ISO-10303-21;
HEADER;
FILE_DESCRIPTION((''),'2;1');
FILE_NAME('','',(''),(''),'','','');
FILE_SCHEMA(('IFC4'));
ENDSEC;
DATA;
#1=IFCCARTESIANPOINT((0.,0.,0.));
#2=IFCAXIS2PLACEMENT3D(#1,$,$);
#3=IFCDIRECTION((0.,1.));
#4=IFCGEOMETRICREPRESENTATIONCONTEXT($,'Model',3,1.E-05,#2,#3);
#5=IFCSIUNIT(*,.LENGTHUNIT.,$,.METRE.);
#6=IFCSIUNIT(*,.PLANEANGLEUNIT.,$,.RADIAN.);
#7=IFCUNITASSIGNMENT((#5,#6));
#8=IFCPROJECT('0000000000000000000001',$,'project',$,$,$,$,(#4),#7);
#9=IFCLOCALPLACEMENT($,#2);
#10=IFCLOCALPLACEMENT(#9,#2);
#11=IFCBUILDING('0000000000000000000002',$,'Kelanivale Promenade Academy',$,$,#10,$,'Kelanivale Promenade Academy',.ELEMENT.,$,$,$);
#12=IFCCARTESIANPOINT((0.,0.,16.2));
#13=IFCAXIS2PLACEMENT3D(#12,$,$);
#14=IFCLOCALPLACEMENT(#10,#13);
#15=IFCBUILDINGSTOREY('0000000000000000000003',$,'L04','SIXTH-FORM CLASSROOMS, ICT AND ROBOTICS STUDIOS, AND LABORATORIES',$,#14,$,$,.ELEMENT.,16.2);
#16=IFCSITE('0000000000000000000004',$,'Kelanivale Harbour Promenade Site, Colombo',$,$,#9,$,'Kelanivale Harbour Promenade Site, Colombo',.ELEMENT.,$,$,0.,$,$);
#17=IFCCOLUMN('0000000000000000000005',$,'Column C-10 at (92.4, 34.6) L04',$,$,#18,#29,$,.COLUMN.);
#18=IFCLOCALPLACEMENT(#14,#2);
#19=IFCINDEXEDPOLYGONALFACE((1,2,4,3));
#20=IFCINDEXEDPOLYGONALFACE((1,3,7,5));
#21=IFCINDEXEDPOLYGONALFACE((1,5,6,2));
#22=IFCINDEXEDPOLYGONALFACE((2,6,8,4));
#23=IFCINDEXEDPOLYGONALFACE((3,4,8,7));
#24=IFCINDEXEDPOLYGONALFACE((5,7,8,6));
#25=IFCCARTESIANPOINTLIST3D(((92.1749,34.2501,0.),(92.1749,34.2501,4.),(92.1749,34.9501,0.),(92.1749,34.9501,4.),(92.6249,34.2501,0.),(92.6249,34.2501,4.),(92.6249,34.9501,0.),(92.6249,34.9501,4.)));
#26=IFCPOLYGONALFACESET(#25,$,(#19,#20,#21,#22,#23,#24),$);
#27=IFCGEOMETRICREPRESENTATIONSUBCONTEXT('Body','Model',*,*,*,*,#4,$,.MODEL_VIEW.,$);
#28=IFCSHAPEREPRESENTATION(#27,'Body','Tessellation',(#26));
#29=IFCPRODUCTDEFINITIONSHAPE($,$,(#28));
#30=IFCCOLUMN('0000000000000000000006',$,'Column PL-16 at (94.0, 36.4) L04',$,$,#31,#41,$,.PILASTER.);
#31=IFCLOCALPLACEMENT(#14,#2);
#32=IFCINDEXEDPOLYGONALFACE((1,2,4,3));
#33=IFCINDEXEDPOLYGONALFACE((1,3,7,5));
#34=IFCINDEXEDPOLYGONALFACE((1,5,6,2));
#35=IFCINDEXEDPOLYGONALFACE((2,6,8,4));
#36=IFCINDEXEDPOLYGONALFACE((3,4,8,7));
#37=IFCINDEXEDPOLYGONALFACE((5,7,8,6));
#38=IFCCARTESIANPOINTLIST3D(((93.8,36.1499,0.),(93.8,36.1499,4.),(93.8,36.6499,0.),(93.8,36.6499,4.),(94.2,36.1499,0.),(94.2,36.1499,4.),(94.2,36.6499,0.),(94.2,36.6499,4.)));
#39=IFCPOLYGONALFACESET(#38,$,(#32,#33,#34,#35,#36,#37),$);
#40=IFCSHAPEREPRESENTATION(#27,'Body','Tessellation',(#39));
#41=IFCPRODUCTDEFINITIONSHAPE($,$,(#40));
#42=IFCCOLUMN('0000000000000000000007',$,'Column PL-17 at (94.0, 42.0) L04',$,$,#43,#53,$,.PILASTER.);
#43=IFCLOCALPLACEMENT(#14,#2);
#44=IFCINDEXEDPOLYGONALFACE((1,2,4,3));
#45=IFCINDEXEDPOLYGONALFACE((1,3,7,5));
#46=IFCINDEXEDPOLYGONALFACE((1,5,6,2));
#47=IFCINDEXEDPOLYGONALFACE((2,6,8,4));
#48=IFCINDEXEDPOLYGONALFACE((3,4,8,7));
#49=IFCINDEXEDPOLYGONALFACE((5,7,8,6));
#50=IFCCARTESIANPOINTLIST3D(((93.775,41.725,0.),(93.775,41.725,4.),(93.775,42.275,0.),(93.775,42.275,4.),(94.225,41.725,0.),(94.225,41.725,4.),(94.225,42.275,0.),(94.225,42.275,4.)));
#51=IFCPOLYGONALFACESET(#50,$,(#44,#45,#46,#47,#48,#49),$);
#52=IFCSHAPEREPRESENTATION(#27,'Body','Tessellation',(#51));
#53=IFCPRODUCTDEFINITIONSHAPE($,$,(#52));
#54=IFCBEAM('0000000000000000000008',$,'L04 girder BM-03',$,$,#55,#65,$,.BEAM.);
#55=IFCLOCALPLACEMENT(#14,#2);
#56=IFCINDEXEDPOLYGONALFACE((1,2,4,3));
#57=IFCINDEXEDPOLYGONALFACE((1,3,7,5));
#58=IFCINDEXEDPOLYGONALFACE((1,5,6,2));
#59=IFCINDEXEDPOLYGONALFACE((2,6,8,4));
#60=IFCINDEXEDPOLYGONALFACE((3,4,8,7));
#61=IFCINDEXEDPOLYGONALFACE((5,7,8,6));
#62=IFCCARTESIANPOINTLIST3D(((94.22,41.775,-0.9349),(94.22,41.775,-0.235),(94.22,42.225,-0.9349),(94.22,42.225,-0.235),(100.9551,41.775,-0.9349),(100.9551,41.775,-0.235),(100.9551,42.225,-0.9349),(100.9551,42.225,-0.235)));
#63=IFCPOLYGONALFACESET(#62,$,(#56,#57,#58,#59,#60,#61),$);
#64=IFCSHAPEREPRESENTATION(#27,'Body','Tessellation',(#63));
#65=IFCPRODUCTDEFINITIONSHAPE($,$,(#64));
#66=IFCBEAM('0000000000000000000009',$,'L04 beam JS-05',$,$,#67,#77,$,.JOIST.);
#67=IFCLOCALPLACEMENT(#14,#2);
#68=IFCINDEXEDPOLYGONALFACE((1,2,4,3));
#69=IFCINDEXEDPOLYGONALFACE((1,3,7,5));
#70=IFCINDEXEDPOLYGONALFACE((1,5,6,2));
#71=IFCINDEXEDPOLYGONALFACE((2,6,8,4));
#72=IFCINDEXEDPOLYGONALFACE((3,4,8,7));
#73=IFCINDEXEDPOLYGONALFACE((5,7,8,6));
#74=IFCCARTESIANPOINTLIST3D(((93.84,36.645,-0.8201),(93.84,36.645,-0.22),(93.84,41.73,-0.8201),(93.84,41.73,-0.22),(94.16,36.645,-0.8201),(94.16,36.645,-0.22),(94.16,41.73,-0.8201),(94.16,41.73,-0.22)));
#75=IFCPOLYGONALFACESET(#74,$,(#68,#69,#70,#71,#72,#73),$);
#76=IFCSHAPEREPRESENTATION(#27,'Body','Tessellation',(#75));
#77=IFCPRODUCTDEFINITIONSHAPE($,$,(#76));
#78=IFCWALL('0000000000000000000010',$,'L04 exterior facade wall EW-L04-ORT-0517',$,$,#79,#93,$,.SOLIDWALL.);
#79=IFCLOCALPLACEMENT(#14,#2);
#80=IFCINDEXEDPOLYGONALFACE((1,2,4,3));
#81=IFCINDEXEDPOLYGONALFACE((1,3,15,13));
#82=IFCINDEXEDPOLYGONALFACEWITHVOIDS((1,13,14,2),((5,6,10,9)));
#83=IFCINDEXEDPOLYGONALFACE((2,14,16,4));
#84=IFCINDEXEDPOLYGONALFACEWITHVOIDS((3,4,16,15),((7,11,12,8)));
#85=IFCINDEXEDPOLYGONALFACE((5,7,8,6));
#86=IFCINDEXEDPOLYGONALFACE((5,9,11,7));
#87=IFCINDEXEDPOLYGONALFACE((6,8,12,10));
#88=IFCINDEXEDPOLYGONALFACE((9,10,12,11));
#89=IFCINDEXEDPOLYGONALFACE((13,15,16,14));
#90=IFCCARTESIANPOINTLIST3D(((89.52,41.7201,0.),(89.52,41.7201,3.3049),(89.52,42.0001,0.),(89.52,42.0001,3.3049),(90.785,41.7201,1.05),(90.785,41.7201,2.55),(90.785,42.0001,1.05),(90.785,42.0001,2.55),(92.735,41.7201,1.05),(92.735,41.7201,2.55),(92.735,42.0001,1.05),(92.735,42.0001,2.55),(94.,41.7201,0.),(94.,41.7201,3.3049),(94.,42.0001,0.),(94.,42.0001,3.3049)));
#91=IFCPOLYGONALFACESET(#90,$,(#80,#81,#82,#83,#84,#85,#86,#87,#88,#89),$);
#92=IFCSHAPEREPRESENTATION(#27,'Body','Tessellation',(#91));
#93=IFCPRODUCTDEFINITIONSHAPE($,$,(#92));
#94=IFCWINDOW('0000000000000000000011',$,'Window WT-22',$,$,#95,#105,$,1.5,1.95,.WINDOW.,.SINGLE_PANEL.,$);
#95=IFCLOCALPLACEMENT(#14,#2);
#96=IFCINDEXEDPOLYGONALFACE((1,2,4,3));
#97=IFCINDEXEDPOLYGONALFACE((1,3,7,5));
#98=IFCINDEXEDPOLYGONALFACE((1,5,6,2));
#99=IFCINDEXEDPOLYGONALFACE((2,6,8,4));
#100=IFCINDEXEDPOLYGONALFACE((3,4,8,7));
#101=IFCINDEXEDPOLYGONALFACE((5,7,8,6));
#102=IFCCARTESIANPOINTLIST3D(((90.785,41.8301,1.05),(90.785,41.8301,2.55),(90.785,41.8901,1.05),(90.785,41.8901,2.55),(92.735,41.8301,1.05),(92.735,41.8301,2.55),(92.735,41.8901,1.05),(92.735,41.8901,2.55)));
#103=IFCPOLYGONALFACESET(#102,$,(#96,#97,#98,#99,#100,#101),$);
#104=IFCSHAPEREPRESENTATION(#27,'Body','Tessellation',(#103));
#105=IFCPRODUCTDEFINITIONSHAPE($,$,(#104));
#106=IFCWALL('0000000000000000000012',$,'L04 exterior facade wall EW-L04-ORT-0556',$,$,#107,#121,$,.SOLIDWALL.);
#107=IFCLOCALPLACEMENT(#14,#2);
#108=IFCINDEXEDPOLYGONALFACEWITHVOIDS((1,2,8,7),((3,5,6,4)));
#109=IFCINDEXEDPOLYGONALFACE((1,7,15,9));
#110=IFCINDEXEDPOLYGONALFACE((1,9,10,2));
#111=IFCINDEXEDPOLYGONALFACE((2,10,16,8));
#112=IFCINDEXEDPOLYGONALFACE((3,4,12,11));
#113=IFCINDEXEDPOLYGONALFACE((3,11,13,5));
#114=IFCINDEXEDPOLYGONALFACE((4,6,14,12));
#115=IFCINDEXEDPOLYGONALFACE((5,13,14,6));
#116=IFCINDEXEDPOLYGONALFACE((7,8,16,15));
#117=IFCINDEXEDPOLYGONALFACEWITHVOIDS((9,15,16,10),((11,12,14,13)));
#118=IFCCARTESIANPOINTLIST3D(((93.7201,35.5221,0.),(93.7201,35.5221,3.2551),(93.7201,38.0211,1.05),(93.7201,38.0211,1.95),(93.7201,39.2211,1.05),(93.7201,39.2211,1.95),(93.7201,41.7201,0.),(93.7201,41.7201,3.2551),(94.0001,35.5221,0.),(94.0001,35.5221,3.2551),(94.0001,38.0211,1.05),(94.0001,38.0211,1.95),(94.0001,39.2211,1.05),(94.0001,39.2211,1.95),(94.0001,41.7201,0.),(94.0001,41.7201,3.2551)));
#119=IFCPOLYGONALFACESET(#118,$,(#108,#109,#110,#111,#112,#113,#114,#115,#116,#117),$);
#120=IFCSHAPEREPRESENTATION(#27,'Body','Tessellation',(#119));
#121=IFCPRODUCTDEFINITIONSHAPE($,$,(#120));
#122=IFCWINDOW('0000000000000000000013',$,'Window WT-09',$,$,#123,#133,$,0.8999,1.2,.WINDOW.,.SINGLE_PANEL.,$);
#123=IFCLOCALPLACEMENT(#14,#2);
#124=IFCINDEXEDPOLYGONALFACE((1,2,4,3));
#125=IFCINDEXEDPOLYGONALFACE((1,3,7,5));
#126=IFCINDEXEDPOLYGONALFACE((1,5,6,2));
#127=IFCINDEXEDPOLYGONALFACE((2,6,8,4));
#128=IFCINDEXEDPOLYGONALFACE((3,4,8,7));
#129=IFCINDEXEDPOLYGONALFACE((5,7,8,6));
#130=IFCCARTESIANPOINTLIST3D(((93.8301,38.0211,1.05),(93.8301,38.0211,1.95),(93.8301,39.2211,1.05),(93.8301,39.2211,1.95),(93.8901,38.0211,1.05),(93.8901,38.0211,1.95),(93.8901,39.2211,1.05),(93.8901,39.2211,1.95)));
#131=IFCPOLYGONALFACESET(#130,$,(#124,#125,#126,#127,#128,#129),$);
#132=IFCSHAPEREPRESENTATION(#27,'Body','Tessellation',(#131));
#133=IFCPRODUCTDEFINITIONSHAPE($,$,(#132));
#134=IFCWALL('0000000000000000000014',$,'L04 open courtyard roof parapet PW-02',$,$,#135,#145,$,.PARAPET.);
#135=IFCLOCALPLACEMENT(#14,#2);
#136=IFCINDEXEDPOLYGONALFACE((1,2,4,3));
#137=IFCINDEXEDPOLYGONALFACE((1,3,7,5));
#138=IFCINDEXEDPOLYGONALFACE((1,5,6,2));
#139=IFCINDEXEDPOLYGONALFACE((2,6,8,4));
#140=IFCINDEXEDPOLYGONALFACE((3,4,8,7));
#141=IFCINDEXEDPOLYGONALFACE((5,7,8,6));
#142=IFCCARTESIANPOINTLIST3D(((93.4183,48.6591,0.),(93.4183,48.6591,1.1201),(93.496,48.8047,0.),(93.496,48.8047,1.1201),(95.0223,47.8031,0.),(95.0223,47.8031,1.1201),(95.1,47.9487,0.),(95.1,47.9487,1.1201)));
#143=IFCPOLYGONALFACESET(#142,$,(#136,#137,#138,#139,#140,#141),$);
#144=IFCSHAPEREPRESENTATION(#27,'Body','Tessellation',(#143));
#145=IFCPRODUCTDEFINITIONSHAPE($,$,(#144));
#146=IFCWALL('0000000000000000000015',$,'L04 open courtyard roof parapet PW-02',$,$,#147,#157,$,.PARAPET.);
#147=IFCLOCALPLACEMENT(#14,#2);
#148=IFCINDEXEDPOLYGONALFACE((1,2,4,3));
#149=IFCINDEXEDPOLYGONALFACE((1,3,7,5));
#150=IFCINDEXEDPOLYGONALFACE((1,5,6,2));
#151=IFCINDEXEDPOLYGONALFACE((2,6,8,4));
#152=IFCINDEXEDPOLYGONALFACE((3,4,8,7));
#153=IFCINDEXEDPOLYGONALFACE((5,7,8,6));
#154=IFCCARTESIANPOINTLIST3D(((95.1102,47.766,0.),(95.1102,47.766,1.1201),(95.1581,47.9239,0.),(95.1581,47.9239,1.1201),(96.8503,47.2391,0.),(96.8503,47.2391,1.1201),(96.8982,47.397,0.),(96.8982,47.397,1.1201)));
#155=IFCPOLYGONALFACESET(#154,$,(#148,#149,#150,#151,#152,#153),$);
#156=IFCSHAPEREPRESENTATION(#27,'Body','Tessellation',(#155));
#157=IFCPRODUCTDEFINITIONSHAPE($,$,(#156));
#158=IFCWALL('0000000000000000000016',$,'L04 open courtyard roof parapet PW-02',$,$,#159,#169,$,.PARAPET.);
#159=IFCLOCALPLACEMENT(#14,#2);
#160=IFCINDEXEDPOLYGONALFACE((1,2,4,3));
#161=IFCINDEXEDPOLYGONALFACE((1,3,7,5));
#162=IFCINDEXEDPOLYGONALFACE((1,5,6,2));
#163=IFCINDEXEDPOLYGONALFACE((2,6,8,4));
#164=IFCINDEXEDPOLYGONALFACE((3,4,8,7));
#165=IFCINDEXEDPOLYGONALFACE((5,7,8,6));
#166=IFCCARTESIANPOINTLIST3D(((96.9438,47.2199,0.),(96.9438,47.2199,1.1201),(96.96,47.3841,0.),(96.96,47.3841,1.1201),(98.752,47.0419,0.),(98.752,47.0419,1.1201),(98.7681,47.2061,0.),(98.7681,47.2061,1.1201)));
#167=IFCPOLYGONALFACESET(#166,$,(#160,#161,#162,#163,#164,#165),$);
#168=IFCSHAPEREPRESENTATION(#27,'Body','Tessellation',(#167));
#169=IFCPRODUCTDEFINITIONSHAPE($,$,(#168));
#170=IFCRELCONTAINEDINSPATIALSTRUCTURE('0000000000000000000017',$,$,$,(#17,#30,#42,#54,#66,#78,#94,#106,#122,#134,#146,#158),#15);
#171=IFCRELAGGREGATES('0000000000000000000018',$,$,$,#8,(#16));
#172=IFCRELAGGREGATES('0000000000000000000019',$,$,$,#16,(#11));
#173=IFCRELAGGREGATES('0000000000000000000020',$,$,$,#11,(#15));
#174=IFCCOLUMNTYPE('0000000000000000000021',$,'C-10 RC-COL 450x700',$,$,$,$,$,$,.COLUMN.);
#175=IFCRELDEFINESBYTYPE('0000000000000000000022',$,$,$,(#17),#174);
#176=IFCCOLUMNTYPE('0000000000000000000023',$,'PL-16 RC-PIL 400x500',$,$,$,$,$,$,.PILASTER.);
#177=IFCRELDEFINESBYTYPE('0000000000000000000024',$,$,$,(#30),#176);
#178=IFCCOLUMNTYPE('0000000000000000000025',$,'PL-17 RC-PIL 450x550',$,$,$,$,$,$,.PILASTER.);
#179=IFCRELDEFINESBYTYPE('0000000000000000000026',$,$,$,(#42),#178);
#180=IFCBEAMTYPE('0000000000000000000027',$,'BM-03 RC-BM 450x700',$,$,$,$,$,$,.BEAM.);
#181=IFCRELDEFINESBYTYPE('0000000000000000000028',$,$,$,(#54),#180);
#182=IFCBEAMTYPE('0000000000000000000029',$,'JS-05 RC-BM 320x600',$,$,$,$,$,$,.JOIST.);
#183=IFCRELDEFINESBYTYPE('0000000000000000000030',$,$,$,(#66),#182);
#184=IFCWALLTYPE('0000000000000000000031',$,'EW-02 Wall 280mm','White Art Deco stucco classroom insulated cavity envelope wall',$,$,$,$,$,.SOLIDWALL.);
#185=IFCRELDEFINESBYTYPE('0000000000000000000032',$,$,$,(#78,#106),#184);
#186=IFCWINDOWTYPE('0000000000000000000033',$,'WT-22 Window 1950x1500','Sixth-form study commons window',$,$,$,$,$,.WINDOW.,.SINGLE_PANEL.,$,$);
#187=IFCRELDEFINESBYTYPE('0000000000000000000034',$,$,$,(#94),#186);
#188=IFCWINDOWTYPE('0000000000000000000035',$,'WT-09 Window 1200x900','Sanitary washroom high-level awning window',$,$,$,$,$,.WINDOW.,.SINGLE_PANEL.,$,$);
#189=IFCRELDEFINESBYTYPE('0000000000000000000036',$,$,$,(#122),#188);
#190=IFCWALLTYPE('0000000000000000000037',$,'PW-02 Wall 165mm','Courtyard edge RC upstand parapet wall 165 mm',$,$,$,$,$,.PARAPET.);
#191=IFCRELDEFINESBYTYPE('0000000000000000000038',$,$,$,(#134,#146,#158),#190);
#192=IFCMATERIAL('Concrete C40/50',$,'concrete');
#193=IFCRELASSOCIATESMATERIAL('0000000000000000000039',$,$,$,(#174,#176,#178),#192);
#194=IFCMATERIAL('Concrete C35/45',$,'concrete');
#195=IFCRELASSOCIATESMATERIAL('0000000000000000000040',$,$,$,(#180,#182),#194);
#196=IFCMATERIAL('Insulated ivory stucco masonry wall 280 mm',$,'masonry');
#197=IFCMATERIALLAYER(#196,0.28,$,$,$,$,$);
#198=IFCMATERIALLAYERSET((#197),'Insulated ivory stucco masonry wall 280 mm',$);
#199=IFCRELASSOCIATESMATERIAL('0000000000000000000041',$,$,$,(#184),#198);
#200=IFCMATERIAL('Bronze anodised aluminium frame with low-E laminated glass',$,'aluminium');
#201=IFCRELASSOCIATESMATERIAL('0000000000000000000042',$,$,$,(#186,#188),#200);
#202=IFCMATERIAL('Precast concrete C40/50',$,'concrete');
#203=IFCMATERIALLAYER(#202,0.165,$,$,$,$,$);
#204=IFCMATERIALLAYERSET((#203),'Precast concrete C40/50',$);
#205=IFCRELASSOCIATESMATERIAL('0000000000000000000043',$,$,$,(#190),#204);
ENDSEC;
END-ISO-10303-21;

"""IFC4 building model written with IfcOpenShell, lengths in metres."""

from ifc_helpers import new_model, si_unit, direction, frame, frame_2d, origin, origin_2d, place, context, subcontext, project, spatial, rectangle, extrude, material, layer, layer_set, material_profile, profile_set, type_object, element, fill, save


model = new_model("IFC4")

# Units and contexts
model_context = context("Model", 3, precision=1e-05, world=origin(), true_north=direction((0.0, 1.0)))
body_context = subcontext(model_context, "Body", "Model", "MODEL_VIEW")
ifc_project = project(units=[si_unit("LENGTHUNIT", "METRE"), si_unit("PLANEANGLEUNIT", "RADIAN")], contexts=[model_context])

# Site, building, storey
site_placement = place(None, origin())
site = spatial("IfcSite", under=ifc_project, at=site_placement, Name="Kelanivale Harbour Promenade Site, Colombo", LongName="Kelanivale Harbour Promenade Site, Colombo", CompositionType="ELEMENT", RefElevation=0.0)
building_placement = place(site_placement, origin())
building = spatial("IfcBuilding", under=site, at=building_placement, Name="Kelanivale Promenade Academy", LongName="Kelanivale Promenade Academy", CompositionType="ELEMENT")
storey_placement = place(building_placement, frame((0.0, 0.0, 16.2)))
storey = spatial("IfcBuildingStorey", under=building, at=storey_placement, Name="L04", Description="SIXTH-FORM CLASSROOMS, ICT AND ROBOTICS STUDIOS, AND LABORATORIES", CompositionType="ELEMENT", Elevation=16.2)

# Columns
ifc_material_1 = material(Name="Concrete C40/50", Category="concrete")
ifc_material_profile_1 = material_profile(ifc_material_1, rectangle(XDim=0.45, YDim=0.7, at=origin_2d()), Name="RC-COL 450x700")
ifc_profile_set_1 = profile_set([ifc_material_profile_1], Name="Concrete C40/50")
column_type_1 = type_object("IfcColumnType", Name="C-10 RC-COL 450x700", PredefinedType="COLUMN", material=ifc_profile_set_1)
column_1_placement = place(storey_placement, frame((92.3999, 34.6001, 0.0), z_axis=(0.0, 0.0, 1.0), x_axis=(1.0, 0.0, 0.0)))
element("IfcColumn", 1, at=column_1_placement, inside=storey, type_object=column_type_1, Name="Column C-10 at (92.4, 34.6) L04", PredefinedType="COLUMN", context=body_context, shape_type="SweptSolid", body=[
    extrude(rectangle(XDim=0.45, YDim=0.7, at=origin_2d()), origin(), (0.0, 0.0, 1.0), 4.0),
])
ifc_material_profile_2 = material_profile(ifc_material_1, rectangle(XDim=0.3999, YDim=0.5, at=origin_2d()), Name="RC-PIL 400x500")
ifc_profile_set_2 = profile_set([ifc_material_profile_2], Name="Concrete C40/50")
column_type_2 = type_object("IfcColumnType", Name="PL-16 RC-PIL 400x500", PredefinedType="PILASTER", material=ifc_profile_set_2)
column_2_placement = place(storey_placement, frame((94.0, 36.3999, 0.0), z_axis=(0.0, 0.0, 1.0), x_axis=(1.0, 0.0, 0.0)))
element("IfcColumn", 2, at=column_2_placement, inside=storey, type_object=column_type_2, Name="Column PL-16 at (94.0, 36.4) L04", PredefinedType="PILASTER", context=body_context, shape_type="SweptSolid", body=[
    extrude(rectangle(XDim=0.3999, YDim=0.5, at=origin_2d()), origin(), (0.0, 0.0, 1.0), 4.0),
])
ifc_material_profile_3 = material_profile(ifc_material_1, rectangle(XDim=0.45, YDim=0.55, at=origin_2d()), Name="RC-PIL 450x550")
ifc_profile_set_3 = profile_set([ifc_material_profile_3], Name="Concrete C40/50")
column_type_3 = type_object("IfcColumnType", Name="PL-17 RC-PIL 450x550", PredefinedType="PILASTER", material=ifc_profile_set_3)
column_3_placement = place(storey_placement, frame((94.0, 42.0, 0.0), z_axis=(0.0, 0.0, 1.0), x_axis=(1.0, 0.0, 0.0)))
element("IfcColumn", 3, at=column_3_placement, inside=storey, type_object=column_type_3, Name="Column PL-17 at (94.0, 42.0) L04", PredefinedType="PILASTER", context=body_context, shape_type="SweptSolid", body=[
    extrude(rectangle(XDim=0.45, YDim=0.55, at=origin_2d()), origin(), (0.0, 0.0, 1.0), 4.0),
])

# Beams
ifc_material_2 = material(Name="Concrete C35/45", Category="concrete")
ifc_material_profile_4 = material_profile(ifc_material_2, rectangle(XDim=0.45, YDim=0.7, at=origin_2d()), Name="RC-BM 450x700")
ifc_profile_set_4 = profile_set([ifc_material_profile_4], Name="Concrete C35/45")
beam_type_1 = type_object("IfcBeamType", Name="BM-03 RC-BM 450x700", PredefinedType="BEAM", material=ifc_profile_set_4)
beam_1_placement = place(storey_placement, frame((94.22, 42.0, -0.585), z_axis=(1.0, 0.0, 0.0), x_axis=(0.0, 1.0, 0.0)))
element("IfcBeam", 4, at=beam_1_placement, inside=storey, type_object=beam_type_1, Name="L04 girder BM-03", PredefinedType="BEAM", context=body_context, shape_type="SweptSolid", body=[
    extrude(rectangle(XDim=0.45, YDim=0.7, at=origin_2d()), origin(), (0.0, 0.0, 1.0), 6.7351),
])
ifc_material_profile_5 = material_profile(ifc_material_2, rectangle(XDim=0.3201, YDim=0.6001, at=origin_2d()), Name="RC-BM 320x600")
ifc_profile_set_5 = profile_set([ifc_material_profile_5], Name="Concrete C35/45")
beam_type_2 = type_object("IfcBeamType", Name="JS-05 RC-BM 320x600", PredefinedType="JOIST", material=ifc_profile_set_5)
beam_2_placement = place(storey_placement, frame((94.0, 36.645, -0.52), z_axis=(0.0, 1.0, 0.0), x_axis=(-1.0, 0.0, 0.0)))
element("IfcBeam", 5, at=beam_2_placement, inside=storey, type_object=beam_type_2, Name="L04 beam JS-05", PredefinedType="JOIST", context=body_context, shape_type="SweptSolid", body=[
    extrude(rectangle(XDim=0.3201, YDim=0.6001, at=origin_2d()), origin(), (0.0, 0.0, 1.0), 5.085),
])

# Walls, openings, windows
ifc_material_3 = material(Name="Insulated ivory stucco masonry wall 280 mm", Category="masonry")
ifc_layer_1 = layer(ifc_material_3, 0.28)
ifc_layer_set_1 = layer_set([ifc_layer_1], Name="Insulated ivory stucco masonry wall 280 mm")
wall_type_1 = type_object("IfcWallType", Name="EW-02 Wall 280mm", Description="White Art Deco stucco classroom insulated cavity envelope wall", PredefinedType="SOLIDWALL", material=ifc_layer_set_1)
wall_1_placement = place(storey_placement, frame((94.0, 41.8601, 0.0), z_axis=(0.0, 0.0, 1.0), x_axis=(-1.0, 0.0, 0.0)))
wall_1 = element("IfcWall", 6, at=wall_1_placement, inside=storey, type_object=wall_type_1, Name="L04 exterior facade wall EW-L04-ORT-0517", PredefinedType="SOLIDWALL", context=body_context, shape_type="SweptSolid", body=[
    extrude(rectangle(XDim=4.48, YDim=0.28, at=frame_2d((2.24, 0.0))), origin(), (0.0, 0.0, 1.0), 3.3049),
])
opening_1_placement = place(wall_1_placement, frame((1.2649, 0.0, 1.05)))
opening_1 = element("IfcOpeningElement", 7, at=opening_1_placement, cuts=wall_1, PredefinedType="OPENING", context=body_context, shape_type="SweptSolid", body=[
    extrude(rectangle(XDim=1.95, YDim=1.5, at=frame_2d((0.9751, 0.75))), frame((0.0, 0.1499, 0.0), z_axis=(0.0, -1.0, 0.0), x_axis=(1.0, 0.0, 0.0)), (0.0, 0.0, 1.0), 0.3),
])
ifc_material_4 = material(Name="Bronze anodised aluminium frame with low-E laminated glass", Category="aluminium")
window_type_1 = type_object("IfcWindowType", Name="WT-22 Window 1950x1500", Description="Sixth-form study commons window", PartitioningType="SINGLE_PANEL", PredefinedType="WINDOW", material=ifc_material_4)
window_1_placement = place(opening_1_placement, origin())
window_1 = element("IfcWindow", 8, at=window_1_placement, inside=storey, type_object=window_type_1, Name="Window WT-22", OverallHeight=1.5, OverallWidth=1.95, PartitioningType="SINGLE_PANEL", PredefinedType="WINDOW", context=body_context, shape_type="SweptSolid", body=[
    extrude(rectangle(XDim=1.95, YDim=1.5, at=frame_2d((0.9751, 0.75))), frame((0.0, 0.03, 0.0), z_axis=(0.0, -1.0, 0.0), x_axis=(1.0, 0.0, 0.0)), (0.0, 0.0, 1.0), 0.0601),
])
fill(opening_1, window_1)
wall_2_placement = place(storey_placement, frame((93.8601, 35.522, 0.0), z_axis=(0.0, 0.0, 1.0), x_axis=(0.0, 1.0, 0.0)))
wall_2 = element("IfcWall", 9, at=wall_2_placement, inside=storey, type_object=wall_type_1, Name="L04 exterior facade wall EW-L04-ORT-0556", PredefinedType="SOLIDWALL", context=body_context, shape_type="SweptSolid", body=[
    extrude(rectangle(XDim=6.198, YDim=0.28, at=frame_2d((3.0991, 0.0))), origin(), (0.0, 0.0, 1.0), 3.2551),
])
opening_2_placement = place(wall_2_placement, frame((2.499, 0.0, 1.05)))
opening_2 = element("IfcOpeningElement", 10, at=opening_2_placement, cuts=wall_2, PredefinedType="OPENING", context=body_context, shape_type="SweptSolid", body=[
    extrude(rectangle(XDim=1.2, YDim=0.8999, at=frame_2d((0.6001, 0.45))), frame((0.0, 0.1499, 0.0), z_axis=(0.0, -1.0, 0.0), x_axis=(1.0, 0.0, 0.0)), (0.0, 0.0, 1.0), 0.3),
])
window_type_2 = type_object("IfcWindowType", Name="WT-09 Window 1200x900", Description="Sanitary washroom high-level awning window", PartitioningType="SINGLE_PANEL", PredefinedType="WINDOW", material=ifc_material_4)
window_2_placement = place(opening_2_placement, origin())
window_2 = element("IfcWindow", 11, at=window_2_placement, inside=storey, type_object=window_type_2, Name="Window WT-09", OverallHeight=0.8999, OverallWidth=1.2, PartitioningType="SINGLE_PANEL", PredefinedType="WINDOW", context=body_context, shape_type="SweptSolid", body=[
    extrude(rectangle(XDim=1.2, YDim=0.8999, at=frame_2d((0.6001, 0.45))), frame((0.0, 0.03, 0.0), z_axis=(0.0, -1.0, 0.0), x_axis=(1.0, 0.0, 0.0)), (0.0, 0.0, 1.0), 0.0601),
])
fill(opening_2, window_2)

# Walls
ifc_material_5 = material(Name="Precast concrete C40/50", Category="concrete")
ifc_layer_2 = layer(ifc_material_5, 0.165)
ifc_layer_set_2 = layer_set([ifc_layer_2], Name="Precast concrete C40/50")
wall_type_2 = type_object("IfcWallType", Name="PW-02 Wall 165mm", Description="Courtyard edge RC upstand parapet wall 165 mm", PredefinedType="PARAPET", material=ifc_layer_set_2)
for number, where, z_axis, x_axis, name in (
    (12, (93.457, 48.7319, 0.0), (0.0, 0.0, 1.0), (0.882241, -0.470797, 0.0), "L04 open courtyard roof parapet PW-02"),
    (13, (95.134, 47.845, 0.0), (0.0, 0.0, 1.0), (0.957088, -0.289799, 0.0), "L04 open courtyard roof parapet PW-02"),
):
    element("IfcWall", number, at=place(storey_placement, frame(where, z_axis=z_axis, x_axis=x_axis)), inside=storey, type_object=wall_type_2, Name=name, PredefinedType="PARAPET", context=body_context, shape_type="SweptSolid", body=[
        extrude(rectangle(XDim=1.8181, YDim=0.165, at=frame_2d((0.9092, 0.0))), origin(), (0.0, 0.0, 1.0), 1.1201),
    ])
wall_3_placement = place(storey_placement, frame((96.9519, 47.302, 0.0), z_axis=(0.0, 0.0, 1.0), x_axis=(0.99519, -0.09796, 0.0)))
element("IfcWall", 14, at=wall_3_placement, inside=storey, type_object=wall_type_2, Name="L04 open courtyard roof parapet PW-02", PredefinedType="PARAPET", context=body_context, shape_type="SweptSolid", body=[
    extrude(rectangle(XDim=1.8169, YDim=0.165, at=frame_2d((0.9084, 0.0))), origin(), (0.0, 0.0, 1.0), 1.1201),
])

save(model, "model.ifc")
